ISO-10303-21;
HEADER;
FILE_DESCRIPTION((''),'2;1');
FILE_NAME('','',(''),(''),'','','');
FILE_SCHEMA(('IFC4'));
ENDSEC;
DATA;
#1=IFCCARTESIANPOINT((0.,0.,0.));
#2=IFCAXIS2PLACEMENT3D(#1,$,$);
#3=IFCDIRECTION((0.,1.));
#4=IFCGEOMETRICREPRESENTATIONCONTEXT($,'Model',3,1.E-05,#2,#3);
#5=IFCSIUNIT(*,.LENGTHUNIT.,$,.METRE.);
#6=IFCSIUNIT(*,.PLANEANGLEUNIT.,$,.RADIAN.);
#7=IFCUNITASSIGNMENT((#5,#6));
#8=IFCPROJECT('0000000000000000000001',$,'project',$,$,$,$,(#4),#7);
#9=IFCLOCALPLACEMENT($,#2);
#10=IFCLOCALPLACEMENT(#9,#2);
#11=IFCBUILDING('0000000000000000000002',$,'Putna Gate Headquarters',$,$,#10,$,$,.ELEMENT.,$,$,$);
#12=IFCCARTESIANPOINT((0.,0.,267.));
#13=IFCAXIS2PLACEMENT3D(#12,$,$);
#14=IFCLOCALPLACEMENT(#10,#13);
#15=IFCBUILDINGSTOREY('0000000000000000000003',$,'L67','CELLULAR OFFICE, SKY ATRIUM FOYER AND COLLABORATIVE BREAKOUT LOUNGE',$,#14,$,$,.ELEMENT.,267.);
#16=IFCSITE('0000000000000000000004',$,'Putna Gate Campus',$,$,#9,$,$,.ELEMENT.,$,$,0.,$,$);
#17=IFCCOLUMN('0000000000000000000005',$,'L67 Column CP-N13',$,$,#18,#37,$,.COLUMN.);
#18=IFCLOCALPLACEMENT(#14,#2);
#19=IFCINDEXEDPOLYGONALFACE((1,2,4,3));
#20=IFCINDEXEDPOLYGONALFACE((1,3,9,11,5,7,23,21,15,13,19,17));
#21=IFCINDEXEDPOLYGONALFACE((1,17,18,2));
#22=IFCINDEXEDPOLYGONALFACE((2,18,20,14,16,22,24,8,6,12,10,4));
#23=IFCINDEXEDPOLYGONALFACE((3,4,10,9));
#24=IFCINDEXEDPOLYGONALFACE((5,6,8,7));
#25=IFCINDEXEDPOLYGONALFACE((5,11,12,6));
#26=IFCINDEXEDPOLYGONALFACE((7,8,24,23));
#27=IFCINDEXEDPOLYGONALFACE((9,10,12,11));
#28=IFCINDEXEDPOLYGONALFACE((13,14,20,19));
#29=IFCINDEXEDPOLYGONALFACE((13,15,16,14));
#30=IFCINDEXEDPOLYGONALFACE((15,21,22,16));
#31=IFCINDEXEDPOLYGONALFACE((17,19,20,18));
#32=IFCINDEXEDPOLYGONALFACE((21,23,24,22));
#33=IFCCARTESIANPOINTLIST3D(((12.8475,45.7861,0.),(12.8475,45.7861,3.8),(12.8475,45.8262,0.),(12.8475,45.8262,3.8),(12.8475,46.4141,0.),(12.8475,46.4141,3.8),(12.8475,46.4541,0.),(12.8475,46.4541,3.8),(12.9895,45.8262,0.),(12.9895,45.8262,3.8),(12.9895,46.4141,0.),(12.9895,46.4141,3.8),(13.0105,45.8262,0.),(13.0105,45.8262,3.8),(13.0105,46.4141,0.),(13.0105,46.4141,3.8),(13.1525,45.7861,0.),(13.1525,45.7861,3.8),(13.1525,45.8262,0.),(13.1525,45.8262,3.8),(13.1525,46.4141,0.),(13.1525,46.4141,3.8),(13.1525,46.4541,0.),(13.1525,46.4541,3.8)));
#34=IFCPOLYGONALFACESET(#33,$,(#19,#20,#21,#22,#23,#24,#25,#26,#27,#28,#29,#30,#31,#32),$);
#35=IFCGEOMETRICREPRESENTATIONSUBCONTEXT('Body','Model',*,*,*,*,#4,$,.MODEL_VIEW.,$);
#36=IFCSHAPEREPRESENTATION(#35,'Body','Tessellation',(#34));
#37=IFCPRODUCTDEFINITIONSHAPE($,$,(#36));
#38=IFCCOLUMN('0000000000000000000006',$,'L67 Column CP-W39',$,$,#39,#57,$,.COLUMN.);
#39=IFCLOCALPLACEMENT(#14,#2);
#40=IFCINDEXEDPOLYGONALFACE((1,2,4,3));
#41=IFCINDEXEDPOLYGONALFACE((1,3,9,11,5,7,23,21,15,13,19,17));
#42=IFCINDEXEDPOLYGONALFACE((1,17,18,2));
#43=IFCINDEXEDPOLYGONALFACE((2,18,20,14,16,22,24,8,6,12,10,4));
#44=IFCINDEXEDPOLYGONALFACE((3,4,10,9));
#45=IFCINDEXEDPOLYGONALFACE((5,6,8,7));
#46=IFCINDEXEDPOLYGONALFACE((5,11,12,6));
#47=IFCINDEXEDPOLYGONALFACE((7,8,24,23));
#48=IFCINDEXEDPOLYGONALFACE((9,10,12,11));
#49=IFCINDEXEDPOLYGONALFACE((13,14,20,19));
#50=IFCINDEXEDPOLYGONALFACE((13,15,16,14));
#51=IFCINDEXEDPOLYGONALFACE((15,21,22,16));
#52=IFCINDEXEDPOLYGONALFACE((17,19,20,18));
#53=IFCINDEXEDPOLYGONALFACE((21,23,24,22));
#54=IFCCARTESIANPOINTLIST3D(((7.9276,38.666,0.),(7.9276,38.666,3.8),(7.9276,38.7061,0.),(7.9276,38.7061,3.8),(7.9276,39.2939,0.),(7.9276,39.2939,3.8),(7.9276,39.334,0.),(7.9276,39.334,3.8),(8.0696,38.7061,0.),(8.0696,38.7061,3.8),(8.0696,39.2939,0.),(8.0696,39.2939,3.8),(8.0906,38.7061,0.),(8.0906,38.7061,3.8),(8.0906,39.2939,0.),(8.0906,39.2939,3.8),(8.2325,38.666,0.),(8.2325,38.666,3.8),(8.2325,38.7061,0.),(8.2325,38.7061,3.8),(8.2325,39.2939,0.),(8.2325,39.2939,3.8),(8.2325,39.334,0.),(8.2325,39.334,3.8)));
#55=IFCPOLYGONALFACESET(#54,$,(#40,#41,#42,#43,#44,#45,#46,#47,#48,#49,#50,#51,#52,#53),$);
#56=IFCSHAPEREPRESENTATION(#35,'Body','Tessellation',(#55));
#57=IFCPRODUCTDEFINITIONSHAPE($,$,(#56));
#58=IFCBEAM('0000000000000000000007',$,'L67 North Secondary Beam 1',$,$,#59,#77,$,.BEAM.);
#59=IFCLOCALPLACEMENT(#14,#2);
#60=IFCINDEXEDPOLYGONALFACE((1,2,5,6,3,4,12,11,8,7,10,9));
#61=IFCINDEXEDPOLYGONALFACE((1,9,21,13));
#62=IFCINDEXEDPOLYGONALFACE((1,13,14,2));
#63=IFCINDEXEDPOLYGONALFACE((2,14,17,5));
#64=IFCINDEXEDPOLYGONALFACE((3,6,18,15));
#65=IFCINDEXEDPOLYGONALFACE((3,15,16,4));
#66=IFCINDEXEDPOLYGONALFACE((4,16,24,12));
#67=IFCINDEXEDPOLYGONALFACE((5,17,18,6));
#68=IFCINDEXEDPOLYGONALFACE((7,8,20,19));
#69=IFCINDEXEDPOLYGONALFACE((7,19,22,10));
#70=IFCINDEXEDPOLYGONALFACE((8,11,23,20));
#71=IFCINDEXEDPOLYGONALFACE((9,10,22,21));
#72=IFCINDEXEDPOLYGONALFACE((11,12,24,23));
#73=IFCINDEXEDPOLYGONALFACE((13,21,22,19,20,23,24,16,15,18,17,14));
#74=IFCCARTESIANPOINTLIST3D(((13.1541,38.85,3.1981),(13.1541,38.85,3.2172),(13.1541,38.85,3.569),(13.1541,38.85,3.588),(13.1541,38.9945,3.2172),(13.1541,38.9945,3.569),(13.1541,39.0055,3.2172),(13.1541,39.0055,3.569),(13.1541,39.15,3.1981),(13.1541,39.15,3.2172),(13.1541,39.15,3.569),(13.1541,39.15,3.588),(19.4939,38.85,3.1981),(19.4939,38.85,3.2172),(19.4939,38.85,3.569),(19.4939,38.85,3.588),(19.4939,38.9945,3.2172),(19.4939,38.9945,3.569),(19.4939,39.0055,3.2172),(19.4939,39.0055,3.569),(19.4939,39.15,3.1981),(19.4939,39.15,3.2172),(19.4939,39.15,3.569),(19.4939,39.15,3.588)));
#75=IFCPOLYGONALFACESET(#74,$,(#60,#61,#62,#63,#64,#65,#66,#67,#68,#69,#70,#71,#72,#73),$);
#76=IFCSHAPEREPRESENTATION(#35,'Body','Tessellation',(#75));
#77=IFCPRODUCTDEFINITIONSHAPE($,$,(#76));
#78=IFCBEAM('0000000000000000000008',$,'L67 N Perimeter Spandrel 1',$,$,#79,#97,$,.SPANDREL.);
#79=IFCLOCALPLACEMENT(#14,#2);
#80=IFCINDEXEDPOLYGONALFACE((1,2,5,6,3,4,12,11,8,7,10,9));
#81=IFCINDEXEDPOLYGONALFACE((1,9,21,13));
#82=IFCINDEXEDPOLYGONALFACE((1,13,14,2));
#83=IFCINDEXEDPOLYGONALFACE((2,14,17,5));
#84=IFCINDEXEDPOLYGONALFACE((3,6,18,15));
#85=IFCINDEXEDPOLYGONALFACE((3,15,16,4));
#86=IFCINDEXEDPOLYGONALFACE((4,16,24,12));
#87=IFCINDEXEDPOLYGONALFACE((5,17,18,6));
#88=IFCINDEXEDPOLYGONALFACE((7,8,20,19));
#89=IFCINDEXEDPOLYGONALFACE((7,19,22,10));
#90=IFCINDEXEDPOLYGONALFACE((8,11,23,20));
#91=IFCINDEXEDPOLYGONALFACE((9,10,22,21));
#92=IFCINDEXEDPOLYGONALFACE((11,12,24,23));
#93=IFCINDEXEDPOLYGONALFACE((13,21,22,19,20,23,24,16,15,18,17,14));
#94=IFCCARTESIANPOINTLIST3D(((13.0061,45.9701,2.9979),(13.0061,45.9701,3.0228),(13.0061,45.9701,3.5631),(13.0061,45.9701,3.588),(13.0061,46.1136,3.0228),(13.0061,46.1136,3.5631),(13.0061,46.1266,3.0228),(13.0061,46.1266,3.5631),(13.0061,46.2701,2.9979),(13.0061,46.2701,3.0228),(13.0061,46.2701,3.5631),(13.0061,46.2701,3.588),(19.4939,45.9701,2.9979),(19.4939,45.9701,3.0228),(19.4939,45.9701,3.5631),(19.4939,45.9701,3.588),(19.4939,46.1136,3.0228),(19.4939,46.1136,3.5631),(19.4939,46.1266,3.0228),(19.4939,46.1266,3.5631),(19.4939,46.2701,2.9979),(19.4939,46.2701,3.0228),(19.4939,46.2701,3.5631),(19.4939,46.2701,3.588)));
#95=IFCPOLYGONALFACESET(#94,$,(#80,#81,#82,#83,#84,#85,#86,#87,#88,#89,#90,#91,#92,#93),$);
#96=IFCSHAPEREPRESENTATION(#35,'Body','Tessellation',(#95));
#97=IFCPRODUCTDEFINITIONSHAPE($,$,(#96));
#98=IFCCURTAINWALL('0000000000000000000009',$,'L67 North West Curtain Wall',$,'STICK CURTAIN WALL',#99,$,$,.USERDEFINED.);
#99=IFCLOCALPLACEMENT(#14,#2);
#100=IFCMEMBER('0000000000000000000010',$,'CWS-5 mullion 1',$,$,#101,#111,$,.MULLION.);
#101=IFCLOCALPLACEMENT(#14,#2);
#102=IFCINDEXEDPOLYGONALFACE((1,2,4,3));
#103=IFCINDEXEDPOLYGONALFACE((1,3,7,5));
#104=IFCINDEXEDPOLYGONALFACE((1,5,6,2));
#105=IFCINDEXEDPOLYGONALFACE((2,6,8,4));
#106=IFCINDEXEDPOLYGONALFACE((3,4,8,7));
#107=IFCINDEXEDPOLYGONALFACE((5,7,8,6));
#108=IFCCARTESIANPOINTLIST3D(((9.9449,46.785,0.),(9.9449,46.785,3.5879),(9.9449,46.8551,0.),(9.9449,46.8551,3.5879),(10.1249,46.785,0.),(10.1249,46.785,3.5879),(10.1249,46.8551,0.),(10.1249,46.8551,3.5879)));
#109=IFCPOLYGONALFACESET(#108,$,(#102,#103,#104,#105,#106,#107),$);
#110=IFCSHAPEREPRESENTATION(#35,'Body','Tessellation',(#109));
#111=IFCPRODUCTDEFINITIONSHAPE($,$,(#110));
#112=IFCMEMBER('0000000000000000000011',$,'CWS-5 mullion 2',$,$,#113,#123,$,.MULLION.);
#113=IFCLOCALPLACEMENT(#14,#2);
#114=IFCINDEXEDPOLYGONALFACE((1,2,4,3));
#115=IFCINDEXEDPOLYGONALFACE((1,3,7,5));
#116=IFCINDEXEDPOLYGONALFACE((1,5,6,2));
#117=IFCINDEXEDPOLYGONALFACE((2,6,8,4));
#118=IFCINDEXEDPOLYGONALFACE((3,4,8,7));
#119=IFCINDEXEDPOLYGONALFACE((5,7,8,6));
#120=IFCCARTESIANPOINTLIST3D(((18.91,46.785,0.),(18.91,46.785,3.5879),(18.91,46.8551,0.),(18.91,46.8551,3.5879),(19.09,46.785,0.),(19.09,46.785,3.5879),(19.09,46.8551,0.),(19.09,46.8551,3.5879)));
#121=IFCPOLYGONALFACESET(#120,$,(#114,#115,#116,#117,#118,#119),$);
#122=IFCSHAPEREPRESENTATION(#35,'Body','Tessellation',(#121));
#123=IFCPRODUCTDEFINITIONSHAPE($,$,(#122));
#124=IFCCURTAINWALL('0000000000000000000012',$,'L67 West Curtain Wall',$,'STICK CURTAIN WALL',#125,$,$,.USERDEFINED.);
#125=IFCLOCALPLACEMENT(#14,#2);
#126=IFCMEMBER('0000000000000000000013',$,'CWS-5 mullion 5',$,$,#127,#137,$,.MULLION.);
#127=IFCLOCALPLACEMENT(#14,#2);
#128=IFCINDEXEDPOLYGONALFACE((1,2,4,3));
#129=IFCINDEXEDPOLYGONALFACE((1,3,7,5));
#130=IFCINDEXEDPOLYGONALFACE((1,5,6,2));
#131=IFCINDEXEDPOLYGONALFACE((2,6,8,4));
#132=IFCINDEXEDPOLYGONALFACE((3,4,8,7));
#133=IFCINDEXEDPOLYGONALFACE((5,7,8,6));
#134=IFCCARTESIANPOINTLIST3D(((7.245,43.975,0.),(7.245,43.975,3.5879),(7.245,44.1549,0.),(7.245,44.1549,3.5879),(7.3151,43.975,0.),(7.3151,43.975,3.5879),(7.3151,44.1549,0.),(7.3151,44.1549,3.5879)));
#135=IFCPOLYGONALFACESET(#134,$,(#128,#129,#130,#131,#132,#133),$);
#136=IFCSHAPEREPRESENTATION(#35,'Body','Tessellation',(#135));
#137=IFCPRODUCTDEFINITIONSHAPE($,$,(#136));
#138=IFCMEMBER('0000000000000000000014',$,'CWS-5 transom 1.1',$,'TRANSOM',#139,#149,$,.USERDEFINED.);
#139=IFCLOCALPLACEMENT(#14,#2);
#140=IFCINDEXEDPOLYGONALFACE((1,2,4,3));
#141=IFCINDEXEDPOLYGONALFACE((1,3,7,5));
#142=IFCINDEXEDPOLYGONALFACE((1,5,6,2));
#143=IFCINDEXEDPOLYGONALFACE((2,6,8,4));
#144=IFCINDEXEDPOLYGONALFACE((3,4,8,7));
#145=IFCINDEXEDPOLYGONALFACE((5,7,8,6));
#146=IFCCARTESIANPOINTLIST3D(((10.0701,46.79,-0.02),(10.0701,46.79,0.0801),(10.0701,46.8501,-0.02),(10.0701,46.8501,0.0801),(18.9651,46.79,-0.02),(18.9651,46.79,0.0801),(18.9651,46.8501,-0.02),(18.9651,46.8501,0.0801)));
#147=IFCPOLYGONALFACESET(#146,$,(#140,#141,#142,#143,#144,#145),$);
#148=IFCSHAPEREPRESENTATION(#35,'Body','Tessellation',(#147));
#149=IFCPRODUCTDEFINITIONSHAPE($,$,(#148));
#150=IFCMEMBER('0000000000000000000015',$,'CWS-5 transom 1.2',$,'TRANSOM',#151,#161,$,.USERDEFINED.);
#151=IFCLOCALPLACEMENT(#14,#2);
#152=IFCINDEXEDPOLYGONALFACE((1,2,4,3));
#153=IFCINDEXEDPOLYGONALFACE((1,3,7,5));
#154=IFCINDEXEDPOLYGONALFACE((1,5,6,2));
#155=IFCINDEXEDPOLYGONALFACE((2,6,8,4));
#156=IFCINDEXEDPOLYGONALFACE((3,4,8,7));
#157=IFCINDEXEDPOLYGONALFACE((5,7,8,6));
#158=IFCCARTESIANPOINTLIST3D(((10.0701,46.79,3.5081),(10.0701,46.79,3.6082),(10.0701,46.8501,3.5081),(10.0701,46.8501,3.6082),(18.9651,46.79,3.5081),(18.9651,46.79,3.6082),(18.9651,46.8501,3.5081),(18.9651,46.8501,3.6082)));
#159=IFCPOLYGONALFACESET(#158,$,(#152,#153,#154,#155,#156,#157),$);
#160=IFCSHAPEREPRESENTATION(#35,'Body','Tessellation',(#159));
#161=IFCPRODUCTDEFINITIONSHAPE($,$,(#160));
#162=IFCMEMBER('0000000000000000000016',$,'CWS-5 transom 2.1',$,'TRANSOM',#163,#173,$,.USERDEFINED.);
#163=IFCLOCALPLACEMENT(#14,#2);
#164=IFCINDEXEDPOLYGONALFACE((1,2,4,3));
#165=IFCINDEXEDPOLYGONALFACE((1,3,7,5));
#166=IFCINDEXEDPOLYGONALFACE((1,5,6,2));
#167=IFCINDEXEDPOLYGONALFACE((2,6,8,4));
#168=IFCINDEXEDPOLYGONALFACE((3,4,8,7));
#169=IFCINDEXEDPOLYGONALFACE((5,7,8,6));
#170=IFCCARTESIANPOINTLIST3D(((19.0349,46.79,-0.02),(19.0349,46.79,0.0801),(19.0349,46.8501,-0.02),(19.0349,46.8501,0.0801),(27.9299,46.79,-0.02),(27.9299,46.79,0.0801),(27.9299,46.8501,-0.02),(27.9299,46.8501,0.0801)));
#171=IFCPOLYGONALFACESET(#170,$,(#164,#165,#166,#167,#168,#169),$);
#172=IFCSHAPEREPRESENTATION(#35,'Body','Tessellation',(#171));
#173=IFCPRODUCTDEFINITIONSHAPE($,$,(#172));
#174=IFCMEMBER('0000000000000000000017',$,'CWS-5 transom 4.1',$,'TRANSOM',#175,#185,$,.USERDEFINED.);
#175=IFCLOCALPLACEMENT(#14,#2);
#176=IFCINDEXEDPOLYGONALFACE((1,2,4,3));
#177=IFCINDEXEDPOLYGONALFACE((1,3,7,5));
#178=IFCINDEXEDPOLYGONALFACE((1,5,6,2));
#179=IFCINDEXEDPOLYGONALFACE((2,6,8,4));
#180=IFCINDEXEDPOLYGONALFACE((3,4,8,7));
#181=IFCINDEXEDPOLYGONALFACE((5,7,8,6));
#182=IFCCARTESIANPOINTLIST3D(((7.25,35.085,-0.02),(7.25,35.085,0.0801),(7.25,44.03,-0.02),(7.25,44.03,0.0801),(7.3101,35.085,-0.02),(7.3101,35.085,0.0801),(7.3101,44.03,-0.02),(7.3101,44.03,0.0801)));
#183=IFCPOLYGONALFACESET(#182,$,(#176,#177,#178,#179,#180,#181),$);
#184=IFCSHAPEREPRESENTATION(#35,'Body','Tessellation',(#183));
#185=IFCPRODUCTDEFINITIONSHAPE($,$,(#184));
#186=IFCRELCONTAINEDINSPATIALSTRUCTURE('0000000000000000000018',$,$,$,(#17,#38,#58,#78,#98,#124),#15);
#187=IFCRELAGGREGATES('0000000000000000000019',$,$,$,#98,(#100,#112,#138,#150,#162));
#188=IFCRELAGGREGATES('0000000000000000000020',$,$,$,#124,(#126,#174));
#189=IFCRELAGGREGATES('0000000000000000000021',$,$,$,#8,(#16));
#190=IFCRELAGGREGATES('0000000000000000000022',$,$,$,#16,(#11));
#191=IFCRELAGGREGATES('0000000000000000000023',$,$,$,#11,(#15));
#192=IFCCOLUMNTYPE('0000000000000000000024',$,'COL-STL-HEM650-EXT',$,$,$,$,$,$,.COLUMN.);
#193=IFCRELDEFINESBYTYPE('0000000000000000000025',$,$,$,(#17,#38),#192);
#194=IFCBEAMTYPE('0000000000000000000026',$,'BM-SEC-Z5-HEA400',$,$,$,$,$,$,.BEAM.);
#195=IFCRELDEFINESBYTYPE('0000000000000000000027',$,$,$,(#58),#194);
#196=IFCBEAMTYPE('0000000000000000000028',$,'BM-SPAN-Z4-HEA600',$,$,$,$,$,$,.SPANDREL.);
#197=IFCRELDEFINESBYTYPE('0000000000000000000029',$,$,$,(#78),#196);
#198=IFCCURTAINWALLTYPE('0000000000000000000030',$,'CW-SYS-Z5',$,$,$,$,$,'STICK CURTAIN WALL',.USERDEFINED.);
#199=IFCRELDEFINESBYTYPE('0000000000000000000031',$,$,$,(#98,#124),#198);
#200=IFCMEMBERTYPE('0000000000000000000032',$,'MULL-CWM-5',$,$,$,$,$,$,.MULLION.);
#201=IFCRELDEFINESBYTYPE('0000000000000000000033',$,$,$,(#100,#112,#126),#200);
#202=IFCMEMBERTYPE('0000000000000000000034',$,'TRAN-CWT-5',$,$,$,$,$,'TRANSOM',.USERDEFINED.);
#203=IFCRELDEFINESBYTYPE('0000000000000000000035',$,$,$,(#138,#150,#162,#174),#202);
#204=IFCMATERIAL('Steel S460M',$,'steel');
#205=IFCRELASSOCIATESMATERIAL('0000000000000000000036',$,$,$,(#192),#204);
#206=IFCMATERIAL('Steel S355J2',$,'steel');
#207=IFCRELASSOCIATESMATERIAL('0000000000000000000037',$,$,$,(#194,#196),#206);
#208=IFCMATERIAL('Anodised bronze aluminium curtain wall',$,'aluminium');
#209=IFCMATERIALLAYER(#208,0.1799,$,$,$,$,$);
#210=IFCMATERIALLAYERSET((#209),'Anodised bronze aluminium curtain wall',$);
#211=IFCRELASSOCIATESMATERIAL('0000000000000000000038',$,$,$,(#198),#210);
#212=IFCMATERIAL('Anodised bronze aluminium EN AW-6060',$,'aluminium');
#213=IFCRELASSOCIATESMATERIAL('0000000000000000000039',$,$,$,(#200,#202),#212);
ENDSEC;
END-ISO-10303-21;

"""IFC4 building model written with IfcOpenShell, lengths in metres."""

from ifc_helpers import new_model, si_unit, direction, frame, origin, origin_2d, place, context, subcontext, project, spatial, rectangle, i_section, extrude, material, layer, layer_set, material_profile, profile_set, type_object, element, aggregate, save


model = new_model("IFC4")

# Units and contexts
model_context = context("Model", 3, precision=1e-05, world=origin(), true_north=direction((0.0, 1.0)))
body_context = subcontext(model_context, "Body", "Model", "MODEL_VIEW")
ifc_project = project(units=[si_unit("LENGTHUNIT", "METRE"), si_unit("PLANEANGLEUNIT", "RADIAN")], contexts=[model_context])

# Site, building, storey
site_placement = place(None, origin())
site = spatial("IfcSite", under=ifc_project, at=site_placement, Name="Putna Gate Campus", CompositionType="ELEMENT", RefElevation=0.0)
building_placement = place(site_placement, origin())
building = spatial("IfcBuilding", under=site, at=building_placement, Name="Putna Gate Headquarters", CompositionType="ELEMENT")
storey_placement = place(building_placement, frame((0.0, 0.0, 267.0)))
storey = spatial("IfcBuildingStorey", under=building, at=storey_placement, Name="L67", Description="CELLULAR OFFICE, SKY ATRIUM FOYER AND COLLABORATIVE BREAKOUT LOUNGE", CompositionType="ELEMENT", Elevation=267.0)

# Columns
ifc_material_1 = material(Name="Steel S460M", Category="steel")
ifc_material_profile_1 = material_profile(ifc_material_1, i_section(OverallWidth=0.3049, OverallDepth=0.668, WebThickness=0.021, FlangeThickness=0.04, at=origin_2d()), Name="Steel S460M")
ifc_profile_set_1 = profile_set([ifc_material_profile_1], Name="Steel S460M")
column_type = type_object("IfcColumnType", Name="COL-STL-HEM650-EXT", PredefinedType="COLUMN", material=ifc_profile_set_1)
for number, where, z_axis, x_axis, name in (
    (1, (13.0, 46.1201, 0.0), (0.0, 0.0, 1.0), (1.0, 0.0, 0.0), "L67 Column CP-N13"),
    (2, (8.0801, 39.0, 0.0), (0.0, 0.0, 1.0), (1.0, 0.0, 0.0), "L67 Column CP-W39"),
):
    element("IfcColumn", number, at=place(storey_placement, frame(where, z_axis=z_axis, x_axis=x_axis)), inside=storey, type_object=column_type, Name=name, PredefinedType="COLUMN", context=body_context, shape_type="SweptSolid", body=[
        extrude(i_section(OverallWidth=0.3049, OverallDepth=0.668, WebThickness=0.021, FlangeThickness=0.04, at=origin_2d()), origin(), (0.0, 0.0, 1.0), 3.8),
    ])

# Beams
ifc_material_2 = material(Name="Steel S355J2", Category="steel")
ifc_material_profile_2 = material_profile(ifc_material_2, i_section(OverallWidth=0.3, OverallDepth=0.3899, WebThickness=0.011, FlangeThickness=0.019, at=origin_2d()), Name="Steel S355J2")
ifc_profile_set_2 = profile_set([ifc_material_profile_2], Name="Steel S355J2")
beam_type_1 = type_object("IfcBeamType", Name="BM-SEC-Z5-HEA400", PredefinedType="BEAM", material=ifc_profile_set_2)
beam_1_placement = place(storey_placement, frame((13.1541, 39.0, 3.3931), z_axis=(1.0, 0.0, 0.0), x_axis=(0.0, 1.0, 0.0)))
element("IfcBeam", 3, at=beam_1_placement, inside=storey, type_object=beam_type_1, Name="L67 North Secondary Beam 1", PredefinedType="BEAM", context=body_context, shape_type="SweptSolid", body=[
    extrude(i_section(OverallWidth=0.3, OverallDepth=0.3899, WebThickness=0.011, FlangeThickness=0.019, at=origin_2d()), origin(), (0.0, 0.0, 1.0), 6.3398),
])
ifc_material_profile_3 = material_profile(ifc_material_2, i_section(OverallWidth=0.3, OverallDepth=0.5901, WebThickness=0.0129, FlangeThickness=0.0249, at=origin_2d()), Name="Steel S355J2")
ifc_profile_set_3 = profile_set([ifc_material_profile_3], Name="Steel S355J2")
beam_type_2 = type_object("IfcBeamType", Name="BM-SPAN-Z4-HEA600", PredefinedType="SPANDREL", material=ifc_profile_set_3)
beam_2_placement = place(storey_placement, frame((13.0061, 46.1201, 3.293), z_axis=(1.0, 0.0, 0.0), x_axis=(0.0, 1.0, 0.0)))
element("IfcBeam", 4, at=beam_2_placement, inside=storey, type_object=beam_type_2, Name="L67 N Perimeter Spandrel 1", PredefinedType="SPANDREL", context=body_context, shape_type="SweptSolid", body=[
    extrude(i_section(OverallWidth=0.3, OverallDepth=0.5901, WebThickness=0.0129, FlangeThickness=0.0249, at=origin_2d()), origin(), (0.0, 0.0, 1.0), 6.4878),
])

# Curtain wall, members
ifc_material_3 = material(Name="Anodised bronze aluminium curtain wall", Category="aluminium")
ifc_layer_1 = layer(ifc_material_3, 0.1799)
ifc_layer_set_1 = layer_set([ifc_layer_1], Name="Anodised bronze aluminium curtain wall")
curtain_wall_type = type_object("IfcCurtainWallType", Name="CW-SYS-Z5", ElementType="STICK CURTAIN WALL", PredefinedType="USERDEFINED", material=ifc_layer_set_1)
curtain_wall_1_placement = place(storey_placement, origin())
curtain_wall_1 = element("IfcCurtainWall", 5, at=curtain_wall_1_placement, inside=storey, type_object=curtain_wall_type, Name="L67 North West Curtain Wall", ObjectType="STICK CURTAIN WALL", PredefinedType="USERDEFINED")
ifc_material_4 = material(Name="Anodised bronze aluminium EN AW-6060", Category="aluminium")
ifc_material_profile_4 = material_profile(ifc_material_4, rectangle(XDim=0.0701, YDim=0.1799, at=origin_2d()), Name="Anodised bronze aluminium EN AW-6060")
ifc_profile_set_4 = profile_set([ifc_material_profile_4], Name="Anodised bronze aluminium EN AW-6060")
member_type_1 = type_object("IfcMemberType", Name="MULL-CWM-5", PredefinedType="MULLION", material=ifc_profile_set_4)
member_1_placement = place(storey_placement, frame((10.0349, 46.8201, 0.0), z_axis=(0.0, 0.0, 1.0), x_axis=(0.0, 1.0, 0.0)))
member_1 = element("IfcMember", 6, at=member_1_placement, type_object=member_type_1, Name="CWS-5 mullion 1", PredefinedType="MULLION", context=body_context, shape_type="SweptSolid", body=[
    extrude(rectangle(XDim=0.0701, YDim=0.1799, at=origin_2d()), origin(), (0.0, 0.0, 1.0), 3.5879),
])
member_2_placement = place(storey_placement, frame((19.0, 46.8201, 0.0), z_axis=(0.0, 0.0, 1.0), x_axis=(0.0, 1.0, 0.0)))
member_2 = element("IfcMember", 7, at=member_2_placement, type_object=member_type_1, Name="CWS-5 mullion 2", PredefinedType="MULLION", context=body_context, shape_type="SweptSolid", body=[
    extrude(rectangle(XDim=0.0701, YDim=0.1799, at=origin_2d()), origin(), (0.0, 0.0, 1.0), 3.5879),
])

# Curtain wall, member
curtain_wall_2_placement = place(storey_placement, origin())
curtain_wall_2 = element("IfcCurtainWall", 8, at=curtain_wall_2_placement, inside=storey, type_object=curtain_wall_type, Name="L67 West Curtain Wall", ObjectType="STICK CURTAIN WALL", PredefinedType="USERDEFINED")
member_3_placement = place(storey_placement, frame((7.28, 44.0649, 0.0), z_axis=(0.0, 0.0, 1.0), x_axis=(-1.0, 0.0, 0.0)))
member_3 = element("IfcMember", 9, at=member_3_placement, type_object=member_type_1, Name="CWS-5 mullion 5", PredefinedType="MULLION", context=body_context, shape_type="SweptSolid", body=[
    extrude(rectangle(XDim=0.0701, YDim=0.1799, at=origin_2d()), origin(), (0.0, 0.0, 1.0), 3.5879),
])

# Members
ifc_material_profile_5 = material_profile(ifc_material_4, rectangle(XDim=0.0601, YDim=0.1001, at=origin_2d()), Name="Anodised bronze aluminium EN AW-6060")
ifc_profile_set_5 = profile_set([ifc_material_profile_5], Name="Anodised bronze aluminium EN AW-6060")
member_type_2 = type_object("IfcMemberType", Name="TRAN-CWT-5", ElementType="TRANSOM", PredefinedType="USERDEFINED", material=ifc_profile_set_5)
member_4_placement = place(storey_placement, frame((10.0701, 46.8201, 0.03), z_axis=(1.0, 0.0, 0.0), x_axis=(0.0, 1.0, 0.0)))
member_4 = element("IfcMember", 10, at=member_4_placement, type_object=member_type_2, Name="CWS-5 transom 1.1", ObjectType="TRANSOM", PredefinedType="USERDEFINED", context=body_context, shape_type="SweptSolid", body=[
    extrude(rectangle(XDim=0.0601, YDim=0.1001, at=origin_2d()), origin(), (0.0, 0.0, 1.0), 8.895),
])
member_5_placement = place(storey_placement, frame((10.0701, 46.8201, 3.5581), z_axis=(1.0, 0.0, 0.0), x_axis=(0.0, 1.0, 0.0)))
member_5 = element("IfcMember", 11, at=member_5_placement, type_object=member_type_2, Name="CWS-5 transom 1.2", ObjectType="TRANSOM", PredefinedType="USERDEFINED", context=body_context, shape_type="SweptSolid", body=[
    extrude(rectangle(XDim=0.0601, YDim=0.1001, at=origin_2d()), origin(), (0.0, 0.0, 1.0), 8.895),
])
member_6_placement = place(storey_placement, frame((19.0349, 46.8201, 0.03), z_axis=(1.0, 0.0, 0.0), x_axis=(0.0, 1.0, 0.0)))
member_6 = element("IfcMember", 12, at=member_6_placement, type_object=member_type_2, Name="CWS-5 transom 2.1", ObjectType="TRANSOM", PredefinedType="USERDEFINED", context=body_context, shape_type="SweptSolid", body=[
    extrude(rectangle(XDim=0.0601, YDim=0.1001, at=origin_2d()), origin(), (0.0, 0.0, 1.0), 8.895),
])
member_7_placement = place(storey_placement, frame((7.28, 35.085, 0.03), z_axis=(0.0, 1.0, 0.0), x_axis=(-1.0, 0.0, 0.0)))
member_7 = element("IfcMember", 13, at=member_7_placement, type_object=member_type_2, Name="CWS-5 transom 4.1", ObjectType="TRANSOM", PredefinedType="USERDEFINED", context=body_context, shape_type="SweptSolid", body=[
    extrude(rectangle(XDim=0.0601, YDim=0.1001, at=origin_2d()), origin(), (0.0, 0.0, 1.0), 8.9451),
])

aggregate(curtain_wall_1, [member_1, member_2, member_4, member_5, member_6])
aggregate(curtain_wall_2, [member_3, member_7])

save(model, "model.ifc")
